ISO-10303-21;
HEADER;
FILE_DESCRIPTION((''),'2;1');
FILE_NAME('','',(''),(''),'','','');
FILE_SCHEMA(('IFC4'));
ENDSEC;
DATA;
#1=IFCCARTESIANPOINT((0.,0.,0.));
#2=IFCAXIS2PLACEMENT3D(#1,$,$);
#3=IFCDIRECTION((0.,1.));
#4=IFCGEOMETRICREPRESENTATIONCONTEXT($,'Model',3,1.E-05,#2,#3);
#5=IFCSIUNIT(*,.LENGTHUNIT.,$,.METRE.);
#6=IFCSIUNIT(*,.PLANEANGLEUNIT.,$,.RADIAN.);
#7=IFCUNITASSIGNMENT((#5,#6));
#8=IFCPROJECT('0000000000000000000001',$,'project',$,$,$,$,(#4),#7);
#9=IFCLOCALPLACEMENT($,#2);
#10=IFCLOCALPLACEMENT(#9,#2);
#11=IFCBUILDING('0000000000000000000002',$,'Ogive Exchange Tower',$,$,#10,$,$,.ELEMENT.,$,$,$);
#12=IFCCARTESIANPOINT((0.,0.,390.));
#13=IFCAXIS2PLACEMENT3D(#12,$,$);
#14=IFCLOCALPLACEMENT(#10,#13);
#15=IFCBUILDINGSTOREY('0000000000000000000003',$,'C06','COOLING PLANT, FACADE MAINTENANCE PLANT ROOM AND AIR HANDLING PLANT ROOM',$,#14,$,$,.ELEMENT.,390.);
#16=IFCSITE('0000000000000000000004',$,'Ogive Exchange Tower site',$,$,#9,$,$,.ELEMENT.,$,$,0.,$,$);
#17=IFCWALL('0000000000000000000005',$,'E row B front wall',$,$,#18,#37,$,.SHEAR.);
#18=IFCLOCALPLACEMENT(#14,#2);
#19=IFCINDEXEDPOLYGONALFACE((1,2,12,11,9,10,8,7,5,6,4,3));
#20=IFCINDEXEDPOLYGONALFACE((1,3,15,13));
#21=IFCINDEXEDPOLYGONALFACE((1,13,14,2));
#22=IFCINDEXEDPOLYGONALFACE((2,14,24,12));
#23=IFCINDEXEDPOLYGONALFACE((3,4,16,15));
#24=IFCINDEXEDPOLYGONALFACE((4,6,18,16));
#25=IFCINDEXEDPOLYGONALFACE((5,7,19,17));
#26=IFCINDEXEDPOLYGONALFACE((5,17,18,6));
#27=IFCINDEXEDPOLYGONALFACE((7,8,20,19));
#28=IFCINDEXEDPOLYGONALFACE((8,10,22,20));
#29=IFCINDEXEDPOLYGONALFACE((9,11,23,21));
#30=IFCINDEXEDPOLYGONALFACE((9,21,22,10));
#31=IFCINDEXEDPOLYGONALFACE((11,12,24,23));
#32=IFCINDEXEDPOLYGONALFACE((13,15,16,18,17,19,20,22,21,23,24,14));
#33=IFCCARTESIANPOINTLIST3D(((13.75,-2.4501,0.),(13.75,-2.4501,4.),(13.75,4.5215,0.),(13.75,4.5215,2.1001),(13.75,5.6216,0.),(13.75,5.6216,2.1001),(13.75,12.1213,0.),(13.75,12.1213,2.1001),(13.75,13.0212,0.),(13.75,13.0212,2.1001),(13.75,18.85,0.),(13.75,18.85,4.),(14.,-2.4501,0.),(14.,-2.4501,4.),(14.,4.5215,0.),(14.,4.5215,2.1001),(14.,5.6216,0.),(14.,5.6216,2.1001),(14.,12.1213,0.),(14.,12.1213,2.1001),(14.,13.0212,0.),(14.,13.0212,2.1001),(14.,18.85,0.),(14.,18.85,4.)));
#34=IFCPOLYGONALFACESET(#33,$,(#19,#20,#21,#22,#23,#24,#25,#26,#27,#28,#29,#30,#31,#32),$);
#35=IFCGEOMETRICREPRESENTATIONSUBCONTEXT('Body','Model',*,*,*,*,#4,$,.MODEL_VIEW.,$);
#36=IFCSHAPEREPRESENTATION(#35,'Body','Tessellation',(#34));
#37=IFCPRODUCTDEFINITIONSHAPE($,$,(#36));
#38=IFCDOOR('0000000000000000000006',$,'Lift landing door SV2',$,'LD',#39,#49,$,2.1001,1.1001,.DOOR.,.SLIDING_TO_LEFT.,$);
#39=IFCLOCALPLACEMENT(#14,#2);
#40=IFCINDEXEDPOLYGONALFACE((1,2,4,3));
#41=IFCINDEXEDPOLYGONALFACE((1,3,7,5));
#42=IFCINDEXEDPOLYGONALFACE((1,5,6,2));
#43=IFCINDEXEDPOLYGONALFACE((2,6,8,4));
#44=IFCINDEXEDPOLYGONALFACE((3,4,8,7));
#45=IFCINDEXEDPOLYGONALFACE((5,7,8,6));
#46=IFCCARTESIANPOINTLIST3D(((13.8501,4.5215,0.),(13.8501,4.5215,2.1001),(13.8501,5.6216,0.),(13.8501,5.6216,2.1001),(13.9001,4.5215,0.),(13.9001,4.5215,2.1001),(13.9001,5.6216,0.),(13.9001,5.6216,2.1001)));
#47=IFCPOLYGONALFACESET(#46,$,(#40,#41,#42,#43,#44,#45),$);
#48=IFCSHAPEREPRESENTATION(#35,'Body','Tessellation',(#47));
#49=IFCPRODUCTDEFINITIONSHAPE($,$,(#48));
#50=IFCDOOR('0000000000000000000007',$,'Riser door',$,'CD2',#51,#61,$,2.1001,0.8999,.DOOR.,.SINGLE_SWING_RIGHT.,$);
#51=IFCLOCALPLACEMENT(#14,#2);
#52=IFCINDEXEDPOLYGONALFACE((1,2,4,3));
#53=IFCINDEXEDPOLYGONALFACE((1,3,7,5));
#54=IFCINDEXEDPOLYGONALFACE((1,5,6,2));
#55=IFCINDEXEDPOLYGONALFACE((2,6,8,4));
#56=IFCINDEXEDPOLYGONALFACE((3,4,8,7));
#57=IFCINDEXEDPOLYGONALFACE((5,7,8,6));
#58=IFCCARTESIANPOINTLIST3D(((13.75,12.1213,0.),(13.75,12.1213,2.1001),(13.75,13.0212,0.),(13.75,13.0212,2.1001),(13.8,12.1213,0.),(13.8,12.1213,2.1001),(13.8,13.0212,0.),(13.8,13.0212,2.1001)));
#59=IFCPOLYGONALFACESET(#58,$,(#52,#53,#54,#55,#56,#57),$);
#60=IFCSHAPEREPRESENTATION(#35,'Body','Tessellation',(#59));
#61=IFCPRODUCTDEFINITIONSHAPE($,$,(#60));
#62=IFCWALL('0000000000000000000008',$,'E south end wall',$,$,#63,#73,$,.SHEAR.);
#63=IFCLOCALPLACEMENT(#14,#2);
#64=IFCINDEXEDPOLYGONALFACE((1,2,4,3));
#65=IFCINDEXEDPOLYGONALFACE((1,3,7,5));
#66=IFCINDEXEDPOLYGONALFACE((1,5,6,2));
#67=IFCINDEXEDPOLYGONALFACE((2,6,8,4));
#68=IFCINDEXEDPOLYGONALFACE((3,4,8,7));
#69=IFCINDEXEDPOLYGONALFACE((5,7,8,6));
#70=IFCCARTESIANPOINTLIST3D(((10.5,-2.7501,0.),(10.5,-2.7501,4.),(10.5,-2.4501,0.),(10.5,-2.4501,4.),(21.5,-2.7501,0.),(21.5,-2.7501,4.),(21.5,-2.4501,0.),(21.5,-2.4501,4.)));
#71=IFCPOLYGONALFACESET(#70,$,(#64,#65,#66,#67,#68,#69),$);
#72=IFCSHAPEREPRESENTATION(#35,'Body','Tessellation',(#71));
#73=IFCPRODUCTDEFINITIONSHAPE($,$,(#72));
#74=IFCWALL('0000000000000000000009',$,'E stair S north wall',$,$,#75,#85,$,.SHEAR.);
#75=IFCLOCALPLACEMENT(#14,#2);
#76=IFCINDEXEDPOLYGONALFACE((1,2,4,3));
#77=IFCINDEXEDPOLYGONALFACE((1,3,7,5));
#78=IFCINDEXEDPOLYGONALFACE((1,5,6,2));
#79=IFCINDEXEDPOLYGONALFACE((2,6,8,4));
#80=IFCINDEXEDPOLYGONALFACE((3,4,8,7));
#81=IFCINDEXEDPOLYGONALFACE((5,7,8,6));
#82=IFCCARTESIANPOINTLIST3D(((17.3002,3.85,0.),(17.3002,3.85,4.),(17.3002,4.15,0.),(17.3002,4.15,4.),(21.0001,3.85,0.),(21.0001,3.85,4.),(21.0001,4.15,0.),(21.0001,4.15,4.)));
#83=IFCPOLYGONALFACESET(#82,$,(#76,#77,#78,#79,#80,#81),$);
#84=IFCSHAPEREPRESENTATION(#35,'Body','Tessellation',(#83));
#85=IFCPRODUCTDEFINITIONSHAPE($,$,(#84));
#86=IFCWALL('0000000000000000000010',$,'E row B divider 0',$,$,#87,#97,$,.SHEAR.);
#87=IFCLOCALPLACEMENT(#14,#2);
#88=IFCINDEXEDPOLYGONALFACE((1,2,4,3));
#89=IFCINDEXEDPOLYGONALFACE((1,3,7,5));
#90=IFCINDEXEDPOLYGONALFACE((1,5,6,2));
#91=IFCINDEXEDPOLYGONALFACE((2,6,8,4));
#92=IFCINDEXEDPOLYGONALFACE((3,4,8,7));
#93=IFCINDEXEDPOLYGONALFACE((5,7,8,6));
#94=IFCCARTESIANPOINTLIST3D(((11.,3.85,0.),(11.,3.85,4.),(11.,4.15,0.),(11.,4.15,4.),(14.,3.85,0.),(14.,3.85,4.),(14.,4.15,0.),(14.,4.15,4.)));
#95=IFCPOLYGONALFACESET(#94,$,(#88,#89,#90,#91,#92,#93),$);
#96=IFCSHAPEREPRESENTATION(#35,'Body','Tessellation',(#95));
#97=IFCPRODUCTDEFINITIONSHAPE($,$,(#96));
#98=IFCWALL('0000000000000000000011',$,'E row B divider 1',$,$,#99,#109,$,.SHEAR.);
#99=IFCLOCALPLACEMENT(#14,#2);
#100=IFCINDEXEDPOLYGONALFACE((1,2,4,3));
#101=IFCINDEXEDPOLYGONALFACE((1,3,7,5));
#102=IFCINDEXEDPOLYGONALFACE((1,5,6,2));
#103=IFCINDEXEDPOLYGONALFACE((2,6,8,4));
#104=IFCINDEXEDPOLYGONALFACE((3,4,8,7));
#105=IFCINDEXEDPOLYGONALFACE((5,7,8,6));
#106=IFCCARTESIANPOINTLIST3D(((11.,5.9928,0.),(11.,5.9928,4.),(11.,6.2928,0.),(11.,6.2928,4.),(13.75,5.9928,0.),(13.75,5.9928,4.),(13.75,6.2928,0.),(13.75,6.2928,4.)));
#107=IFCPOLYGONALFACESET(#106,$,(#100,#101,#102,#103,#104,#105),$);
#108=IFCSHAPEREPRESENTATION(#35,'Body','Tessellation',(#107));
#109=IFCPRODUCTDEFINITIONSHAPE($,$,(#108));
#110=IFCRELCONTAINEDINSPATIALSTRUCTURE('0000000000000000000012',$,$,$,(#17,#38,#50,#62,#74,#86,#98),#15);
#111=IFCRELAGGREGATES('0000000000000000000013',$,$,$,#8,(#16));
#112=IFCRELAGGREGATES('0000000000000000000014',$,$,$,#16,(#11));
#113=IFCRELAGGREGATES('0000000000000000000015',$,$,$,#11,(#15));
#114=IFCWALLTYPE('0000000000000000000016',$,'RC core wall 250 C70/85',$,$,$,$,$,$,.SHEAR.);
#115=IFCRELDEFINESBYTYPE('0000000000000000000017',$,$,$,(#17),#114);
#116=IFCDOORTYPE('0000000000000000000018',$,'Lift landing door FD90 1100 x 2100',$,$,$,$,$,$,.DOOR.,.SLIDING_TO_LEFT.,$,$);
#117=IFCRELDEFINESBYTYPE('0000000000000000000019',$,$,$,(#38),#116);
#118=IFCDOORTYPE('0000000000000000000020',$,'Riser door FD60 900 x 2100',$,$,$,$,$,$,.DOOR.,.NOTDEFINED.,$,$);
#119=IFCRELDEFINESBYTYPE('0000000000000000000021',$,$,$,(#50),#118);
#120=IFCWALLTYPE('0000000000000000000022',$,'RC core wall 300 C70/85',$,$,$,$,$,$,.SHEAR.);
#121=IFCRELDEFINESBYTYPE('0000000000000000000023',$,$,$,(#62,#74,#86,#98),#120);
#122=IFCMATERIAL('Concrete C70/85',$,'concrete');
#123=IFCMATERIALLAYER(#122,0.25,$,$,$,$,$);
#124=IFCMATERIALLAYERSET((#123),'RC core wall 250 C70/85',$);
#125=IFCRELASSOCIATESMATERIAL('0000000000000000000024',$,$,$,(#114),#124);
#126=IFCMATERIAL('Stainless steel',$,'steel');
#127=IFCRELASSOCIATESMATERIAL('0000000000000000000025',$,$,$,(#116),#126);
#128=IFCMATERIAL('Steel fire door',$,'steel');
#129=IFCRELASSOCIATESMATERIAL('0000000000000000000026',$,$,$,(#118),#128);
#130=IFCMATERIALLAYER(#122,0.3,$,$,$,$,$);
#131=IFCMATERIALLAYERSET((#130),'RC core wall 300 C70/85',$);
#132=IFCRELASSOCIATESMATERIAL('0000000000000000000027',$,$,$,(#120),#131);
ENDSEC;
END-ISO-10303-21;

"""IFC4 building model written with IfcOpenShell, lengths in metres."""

from ifc_helpers import new_model, si_unit, direction, frame, frame_2d, origin, place, context, subcontext, project, spatial, rectangle, extrude, material, layer, layer_set, type_object, element, fill, save


model = new_model("IFC4")

# Units and contexts
model_context = context("Model", 3, precision=1e-05, world=origin(), true_north=direction((0.0, 1.0)))
body_context = subcontext(model_context, "Body", "Model", "MODEL_VIEW")
ifc_project = project(units=[si_unit("LENGTHUNIT", "METRE"), si_unit("PLANEANGLEUNIT", "RADIAN")], contexts=[model_context])

# Site, building, storey
site_placement = place(None, origin())
site = spatial("IfcSite", under=ifc_project, at=site_placement, Name="Ogive Exchange Tower site", CompositionType="ELEMENT", RefElevation=0.0)
building_placement = place(site_placement, origin())
building = spatial("IfcBuilding", under=site, at=building_placement, Name="Ogive Exchange Tower", CompositionType="ELEMENT")
storey_placement = place(building_placement, frame((0.0, 0.0, 390.0)))
storey = spatial("IfcBuildingStorey", under=building, at=storey_placement, Name="C06", Description="COOLING PLANT, FACADE MAINTENANCE PLANT ROOM AND AIR HANDLING PLANT ROOM", CompositionType="ELEMENT", Elevation=390.0)

# Shared definitions
ifc_material_1 = material(Name="Concrete C70/85", Category="concrete")
ifc_material_2 = material(Name="Steel fire door", Category="steel")

# Wall, openings, doors
ifc_layer_1 = layer(ifc_material_1, 0.25)
ifc_layer_set_1 = layer_set([ifc_layer_1], Name="RC core wall 250 C70/85")
wall_type_1 = type_object("IfcWallType", Name="RC core wall 250 C70/85", PredefinedType="SHEAR", material=ifc_layer_set_1)
wall_1_placement = place(storey_placement, frame((13.875, -2.45, 0.0), z_axis=(0.0, 0.0, 1.0), x_axis=(0.0, 1.0, 0.0)))
wall_1 = element("IfcWall", 1, at=wall_1_placement, inside=storey, type_object=wall_type_1, Name="E row B front wall", PredefinedType="SHEAR", context=body_context, shape_type="SweptSolid", body=[
    extrude(rectangle(XDim=21.3, YDim=0.25, at=frame_2d((10.6499, 0.0))), origin(), (0.0, 0.0, 1.0), 4.0),
])
opening_1_placement = place(wall_1_placement, frame((14.5713, 0.0, 0.0)))
opening_1 = element("IfcOpeningElement", 2, at=opening_1_placement, cuts=wall_1, PredefinedType="OPENING", context=body_context, shape_type="SweptSolid", body=[
    extrude(rectangle(XDim=0.8999, YDim=2.1001, at=frame_2d((0.45, 1.05))), frame((0.0, 0.135, 0.0), z_axis=(0.0, -1.0, 0.0), x_axis=(1.0, 0.0, 0.0)), (0.0, 0.0, 1.0), 0.27),
])
opening_2_placement = place(wall_1_placement, frame((6.9714, 0.0, 0.0)))
opening_2 = element("IfcOpeningElement", 3, at=opening_2_placement, cuts=wall_1, PredefinedType="OPENING", context=body_context, shape_type="SweptSolid", body=[
    extrude(rectangle(XDim=1.1001, YDim=2.1001, at=frame_2d((0.55, 1.05))), frame((0.0, 0.135, 0.0), z_axis=(0.0, -1.0, 0.0), x_axis=(1.0, 0.0, 0.0)), (0.0, 0.0, 1.0), 0.27),
])
ifc_material_3 = material(Name="Stainless steel", Category="steel")
door_type_1 = type_object("IfcDoorType", Name="Lift landing door FD90 1100 x 2100", OperationType="SLIDING_TO_LEFT", PredefinedType="DOOR", material=ifc_material_3)
door_1_placement = place(opening_2_placement, origin())
door_1 = element("IfcDoor", 4, at=door_1_placement, inside=storey, type_object=door_type_1, Name="Lift landing door SV2", ObjectType="LD", OperationType="SLIDING_TO_LEFT", OverallHeight=2.1001, OverallWidth=1.1001, PredefinedType="DOOR", context=body_context, shape_type="SweptSolid", body=[
    extrude(rectangle(XDim=1.1001, YDim=2.1001, at=frame_2d((0.55, 1.05))), frame((0.0, 0.0249, 0.0), z_axis=(0.0, -1.0, 0.0), x_axis=(1.0, 0.0, 0.0)), (0.0, 0.0, 1.0), 0.05),
])
fill(opening_2, door_1)
door_type_2 = type_object("IfcDoorType", Name="Riser door FD60 900 x 2100", OperationType="NOTDEFINED", PredefinedType="DOOR", material=ifc_material_2)
door_2_placement = place(opening_1_placement, origin())
door_2 = element("IfcDoor", 5, at=door_2_placement, inside=storey, type_object=door_type_2, Name="Riser door", ObjectType="CD2", OperationType="SINGLE_SWING_RIGHT", OverallHeight=2.1001, OverallWidth=0.8999, PredefinedType="DOOR", context=body_context, shape_type="SweptSolid", body=[
    extrude(rectangle(XDim=0.8999, YDim=2.1001, at=frame_2d((0.45, 1.05))), frame((0.0, 0.125, 0.0), z_axis=(0.0, -1.0, 0.0), x_axis=(1.0, 0.0, 0.0)), (0.0, 0.0, 1.0), 0.05),
])
fill(opening_1, door_2)

# Walls
ifc_layer_2 = layer(ifc_material_1, 0.3)
ifc_layer_set_2 = layer_set([ifc_layer_2], Name="RC core wall 300 C70/85")
wall_type_2 = type_object("IfcWallType", Name="RC core wall 300 C70/85", PredefinedType="SHEAR", material=ifc_layer_set_2)
wall_2_placement = place(storey_placement, frame((10.5, -2.6001, 0.0), z_axis=(0.0, 0.0, 1.0), x_axis=(1.0, 0.0, 0.0)))
element("IfcWall", 6, at=wall_2_placement, inside=storey, type_object=wall_type_2, Name="E south end wall", PredefinedType="SHEAR", context=body_context, shape_type="SweptSolid", body=[
    extrude(rectangle(XDim=11.0, YDim=0.3, at=frame_2d((5.5, 0.0))), origin(), (0.0, 0.0, 1.0), 4.0),
])
wall_3_placement = place(storey_placement, frame((17.3, 4.0, 0.0), z_axis=(0.0, 0.0, 1.0), x_axis=(1.0, 0.0, 0.0)))
element("IfcWall", 7, at=wall_3_placement, inside=storey, type_object=wall_type_2, Name="E stair S north wall", PredefinedType="SHEAR", context=body_context, shape_type="SweptSolid", body=[
    extrude(rectangle(XDim=3.7, YDim=0.3, at=frame_2d((1.8501, 0.0))), origin(), (0.0, 0.0, 1.0), 4.0),
])
wall_4_placement = place(storey_placement, frame((11.0, 4.0, 0.0), z_axis=(0.0, 0.0, 1.0), x_axis=(1.0, 0.0, 0.0)))
element("IfcWall", 8, at=wall_4_placement, inside=storey, type_object=wall_type_2, Name="E row B divider 0", PredefinedType="SHEAR", context=body_context, shape_type="SweptSolid", body=[
    extrude(rectangle(XDim=3.0, YDim=0.3, at=frame_2d((1.5, 0.0))), origin(), (0.0, 0.0, 1.0), 4.0),
])
wall_5_placement = place(storey_placement, frame((11.0, 6.1428, 0.0), z_axis=(0.0, 0.0, 1.0), x_axis=(1.0, 0.0, 0.0)))
element("IfcWall", 9, at=wall_5_placement, inside=storey, type_object=wall_type_2, Name="E row B divider 1", PredefinedType="SHEAR", context=body_context, shape_type="SweptSolid", body=[
    extrude(rectangle(XDim=2.75, YDim=0.3, at=frame_2d((1.375, 0.0))), origin(), (0.0, 0.0, 1.0), 4.0),
])

save(model, "model.ifc")
